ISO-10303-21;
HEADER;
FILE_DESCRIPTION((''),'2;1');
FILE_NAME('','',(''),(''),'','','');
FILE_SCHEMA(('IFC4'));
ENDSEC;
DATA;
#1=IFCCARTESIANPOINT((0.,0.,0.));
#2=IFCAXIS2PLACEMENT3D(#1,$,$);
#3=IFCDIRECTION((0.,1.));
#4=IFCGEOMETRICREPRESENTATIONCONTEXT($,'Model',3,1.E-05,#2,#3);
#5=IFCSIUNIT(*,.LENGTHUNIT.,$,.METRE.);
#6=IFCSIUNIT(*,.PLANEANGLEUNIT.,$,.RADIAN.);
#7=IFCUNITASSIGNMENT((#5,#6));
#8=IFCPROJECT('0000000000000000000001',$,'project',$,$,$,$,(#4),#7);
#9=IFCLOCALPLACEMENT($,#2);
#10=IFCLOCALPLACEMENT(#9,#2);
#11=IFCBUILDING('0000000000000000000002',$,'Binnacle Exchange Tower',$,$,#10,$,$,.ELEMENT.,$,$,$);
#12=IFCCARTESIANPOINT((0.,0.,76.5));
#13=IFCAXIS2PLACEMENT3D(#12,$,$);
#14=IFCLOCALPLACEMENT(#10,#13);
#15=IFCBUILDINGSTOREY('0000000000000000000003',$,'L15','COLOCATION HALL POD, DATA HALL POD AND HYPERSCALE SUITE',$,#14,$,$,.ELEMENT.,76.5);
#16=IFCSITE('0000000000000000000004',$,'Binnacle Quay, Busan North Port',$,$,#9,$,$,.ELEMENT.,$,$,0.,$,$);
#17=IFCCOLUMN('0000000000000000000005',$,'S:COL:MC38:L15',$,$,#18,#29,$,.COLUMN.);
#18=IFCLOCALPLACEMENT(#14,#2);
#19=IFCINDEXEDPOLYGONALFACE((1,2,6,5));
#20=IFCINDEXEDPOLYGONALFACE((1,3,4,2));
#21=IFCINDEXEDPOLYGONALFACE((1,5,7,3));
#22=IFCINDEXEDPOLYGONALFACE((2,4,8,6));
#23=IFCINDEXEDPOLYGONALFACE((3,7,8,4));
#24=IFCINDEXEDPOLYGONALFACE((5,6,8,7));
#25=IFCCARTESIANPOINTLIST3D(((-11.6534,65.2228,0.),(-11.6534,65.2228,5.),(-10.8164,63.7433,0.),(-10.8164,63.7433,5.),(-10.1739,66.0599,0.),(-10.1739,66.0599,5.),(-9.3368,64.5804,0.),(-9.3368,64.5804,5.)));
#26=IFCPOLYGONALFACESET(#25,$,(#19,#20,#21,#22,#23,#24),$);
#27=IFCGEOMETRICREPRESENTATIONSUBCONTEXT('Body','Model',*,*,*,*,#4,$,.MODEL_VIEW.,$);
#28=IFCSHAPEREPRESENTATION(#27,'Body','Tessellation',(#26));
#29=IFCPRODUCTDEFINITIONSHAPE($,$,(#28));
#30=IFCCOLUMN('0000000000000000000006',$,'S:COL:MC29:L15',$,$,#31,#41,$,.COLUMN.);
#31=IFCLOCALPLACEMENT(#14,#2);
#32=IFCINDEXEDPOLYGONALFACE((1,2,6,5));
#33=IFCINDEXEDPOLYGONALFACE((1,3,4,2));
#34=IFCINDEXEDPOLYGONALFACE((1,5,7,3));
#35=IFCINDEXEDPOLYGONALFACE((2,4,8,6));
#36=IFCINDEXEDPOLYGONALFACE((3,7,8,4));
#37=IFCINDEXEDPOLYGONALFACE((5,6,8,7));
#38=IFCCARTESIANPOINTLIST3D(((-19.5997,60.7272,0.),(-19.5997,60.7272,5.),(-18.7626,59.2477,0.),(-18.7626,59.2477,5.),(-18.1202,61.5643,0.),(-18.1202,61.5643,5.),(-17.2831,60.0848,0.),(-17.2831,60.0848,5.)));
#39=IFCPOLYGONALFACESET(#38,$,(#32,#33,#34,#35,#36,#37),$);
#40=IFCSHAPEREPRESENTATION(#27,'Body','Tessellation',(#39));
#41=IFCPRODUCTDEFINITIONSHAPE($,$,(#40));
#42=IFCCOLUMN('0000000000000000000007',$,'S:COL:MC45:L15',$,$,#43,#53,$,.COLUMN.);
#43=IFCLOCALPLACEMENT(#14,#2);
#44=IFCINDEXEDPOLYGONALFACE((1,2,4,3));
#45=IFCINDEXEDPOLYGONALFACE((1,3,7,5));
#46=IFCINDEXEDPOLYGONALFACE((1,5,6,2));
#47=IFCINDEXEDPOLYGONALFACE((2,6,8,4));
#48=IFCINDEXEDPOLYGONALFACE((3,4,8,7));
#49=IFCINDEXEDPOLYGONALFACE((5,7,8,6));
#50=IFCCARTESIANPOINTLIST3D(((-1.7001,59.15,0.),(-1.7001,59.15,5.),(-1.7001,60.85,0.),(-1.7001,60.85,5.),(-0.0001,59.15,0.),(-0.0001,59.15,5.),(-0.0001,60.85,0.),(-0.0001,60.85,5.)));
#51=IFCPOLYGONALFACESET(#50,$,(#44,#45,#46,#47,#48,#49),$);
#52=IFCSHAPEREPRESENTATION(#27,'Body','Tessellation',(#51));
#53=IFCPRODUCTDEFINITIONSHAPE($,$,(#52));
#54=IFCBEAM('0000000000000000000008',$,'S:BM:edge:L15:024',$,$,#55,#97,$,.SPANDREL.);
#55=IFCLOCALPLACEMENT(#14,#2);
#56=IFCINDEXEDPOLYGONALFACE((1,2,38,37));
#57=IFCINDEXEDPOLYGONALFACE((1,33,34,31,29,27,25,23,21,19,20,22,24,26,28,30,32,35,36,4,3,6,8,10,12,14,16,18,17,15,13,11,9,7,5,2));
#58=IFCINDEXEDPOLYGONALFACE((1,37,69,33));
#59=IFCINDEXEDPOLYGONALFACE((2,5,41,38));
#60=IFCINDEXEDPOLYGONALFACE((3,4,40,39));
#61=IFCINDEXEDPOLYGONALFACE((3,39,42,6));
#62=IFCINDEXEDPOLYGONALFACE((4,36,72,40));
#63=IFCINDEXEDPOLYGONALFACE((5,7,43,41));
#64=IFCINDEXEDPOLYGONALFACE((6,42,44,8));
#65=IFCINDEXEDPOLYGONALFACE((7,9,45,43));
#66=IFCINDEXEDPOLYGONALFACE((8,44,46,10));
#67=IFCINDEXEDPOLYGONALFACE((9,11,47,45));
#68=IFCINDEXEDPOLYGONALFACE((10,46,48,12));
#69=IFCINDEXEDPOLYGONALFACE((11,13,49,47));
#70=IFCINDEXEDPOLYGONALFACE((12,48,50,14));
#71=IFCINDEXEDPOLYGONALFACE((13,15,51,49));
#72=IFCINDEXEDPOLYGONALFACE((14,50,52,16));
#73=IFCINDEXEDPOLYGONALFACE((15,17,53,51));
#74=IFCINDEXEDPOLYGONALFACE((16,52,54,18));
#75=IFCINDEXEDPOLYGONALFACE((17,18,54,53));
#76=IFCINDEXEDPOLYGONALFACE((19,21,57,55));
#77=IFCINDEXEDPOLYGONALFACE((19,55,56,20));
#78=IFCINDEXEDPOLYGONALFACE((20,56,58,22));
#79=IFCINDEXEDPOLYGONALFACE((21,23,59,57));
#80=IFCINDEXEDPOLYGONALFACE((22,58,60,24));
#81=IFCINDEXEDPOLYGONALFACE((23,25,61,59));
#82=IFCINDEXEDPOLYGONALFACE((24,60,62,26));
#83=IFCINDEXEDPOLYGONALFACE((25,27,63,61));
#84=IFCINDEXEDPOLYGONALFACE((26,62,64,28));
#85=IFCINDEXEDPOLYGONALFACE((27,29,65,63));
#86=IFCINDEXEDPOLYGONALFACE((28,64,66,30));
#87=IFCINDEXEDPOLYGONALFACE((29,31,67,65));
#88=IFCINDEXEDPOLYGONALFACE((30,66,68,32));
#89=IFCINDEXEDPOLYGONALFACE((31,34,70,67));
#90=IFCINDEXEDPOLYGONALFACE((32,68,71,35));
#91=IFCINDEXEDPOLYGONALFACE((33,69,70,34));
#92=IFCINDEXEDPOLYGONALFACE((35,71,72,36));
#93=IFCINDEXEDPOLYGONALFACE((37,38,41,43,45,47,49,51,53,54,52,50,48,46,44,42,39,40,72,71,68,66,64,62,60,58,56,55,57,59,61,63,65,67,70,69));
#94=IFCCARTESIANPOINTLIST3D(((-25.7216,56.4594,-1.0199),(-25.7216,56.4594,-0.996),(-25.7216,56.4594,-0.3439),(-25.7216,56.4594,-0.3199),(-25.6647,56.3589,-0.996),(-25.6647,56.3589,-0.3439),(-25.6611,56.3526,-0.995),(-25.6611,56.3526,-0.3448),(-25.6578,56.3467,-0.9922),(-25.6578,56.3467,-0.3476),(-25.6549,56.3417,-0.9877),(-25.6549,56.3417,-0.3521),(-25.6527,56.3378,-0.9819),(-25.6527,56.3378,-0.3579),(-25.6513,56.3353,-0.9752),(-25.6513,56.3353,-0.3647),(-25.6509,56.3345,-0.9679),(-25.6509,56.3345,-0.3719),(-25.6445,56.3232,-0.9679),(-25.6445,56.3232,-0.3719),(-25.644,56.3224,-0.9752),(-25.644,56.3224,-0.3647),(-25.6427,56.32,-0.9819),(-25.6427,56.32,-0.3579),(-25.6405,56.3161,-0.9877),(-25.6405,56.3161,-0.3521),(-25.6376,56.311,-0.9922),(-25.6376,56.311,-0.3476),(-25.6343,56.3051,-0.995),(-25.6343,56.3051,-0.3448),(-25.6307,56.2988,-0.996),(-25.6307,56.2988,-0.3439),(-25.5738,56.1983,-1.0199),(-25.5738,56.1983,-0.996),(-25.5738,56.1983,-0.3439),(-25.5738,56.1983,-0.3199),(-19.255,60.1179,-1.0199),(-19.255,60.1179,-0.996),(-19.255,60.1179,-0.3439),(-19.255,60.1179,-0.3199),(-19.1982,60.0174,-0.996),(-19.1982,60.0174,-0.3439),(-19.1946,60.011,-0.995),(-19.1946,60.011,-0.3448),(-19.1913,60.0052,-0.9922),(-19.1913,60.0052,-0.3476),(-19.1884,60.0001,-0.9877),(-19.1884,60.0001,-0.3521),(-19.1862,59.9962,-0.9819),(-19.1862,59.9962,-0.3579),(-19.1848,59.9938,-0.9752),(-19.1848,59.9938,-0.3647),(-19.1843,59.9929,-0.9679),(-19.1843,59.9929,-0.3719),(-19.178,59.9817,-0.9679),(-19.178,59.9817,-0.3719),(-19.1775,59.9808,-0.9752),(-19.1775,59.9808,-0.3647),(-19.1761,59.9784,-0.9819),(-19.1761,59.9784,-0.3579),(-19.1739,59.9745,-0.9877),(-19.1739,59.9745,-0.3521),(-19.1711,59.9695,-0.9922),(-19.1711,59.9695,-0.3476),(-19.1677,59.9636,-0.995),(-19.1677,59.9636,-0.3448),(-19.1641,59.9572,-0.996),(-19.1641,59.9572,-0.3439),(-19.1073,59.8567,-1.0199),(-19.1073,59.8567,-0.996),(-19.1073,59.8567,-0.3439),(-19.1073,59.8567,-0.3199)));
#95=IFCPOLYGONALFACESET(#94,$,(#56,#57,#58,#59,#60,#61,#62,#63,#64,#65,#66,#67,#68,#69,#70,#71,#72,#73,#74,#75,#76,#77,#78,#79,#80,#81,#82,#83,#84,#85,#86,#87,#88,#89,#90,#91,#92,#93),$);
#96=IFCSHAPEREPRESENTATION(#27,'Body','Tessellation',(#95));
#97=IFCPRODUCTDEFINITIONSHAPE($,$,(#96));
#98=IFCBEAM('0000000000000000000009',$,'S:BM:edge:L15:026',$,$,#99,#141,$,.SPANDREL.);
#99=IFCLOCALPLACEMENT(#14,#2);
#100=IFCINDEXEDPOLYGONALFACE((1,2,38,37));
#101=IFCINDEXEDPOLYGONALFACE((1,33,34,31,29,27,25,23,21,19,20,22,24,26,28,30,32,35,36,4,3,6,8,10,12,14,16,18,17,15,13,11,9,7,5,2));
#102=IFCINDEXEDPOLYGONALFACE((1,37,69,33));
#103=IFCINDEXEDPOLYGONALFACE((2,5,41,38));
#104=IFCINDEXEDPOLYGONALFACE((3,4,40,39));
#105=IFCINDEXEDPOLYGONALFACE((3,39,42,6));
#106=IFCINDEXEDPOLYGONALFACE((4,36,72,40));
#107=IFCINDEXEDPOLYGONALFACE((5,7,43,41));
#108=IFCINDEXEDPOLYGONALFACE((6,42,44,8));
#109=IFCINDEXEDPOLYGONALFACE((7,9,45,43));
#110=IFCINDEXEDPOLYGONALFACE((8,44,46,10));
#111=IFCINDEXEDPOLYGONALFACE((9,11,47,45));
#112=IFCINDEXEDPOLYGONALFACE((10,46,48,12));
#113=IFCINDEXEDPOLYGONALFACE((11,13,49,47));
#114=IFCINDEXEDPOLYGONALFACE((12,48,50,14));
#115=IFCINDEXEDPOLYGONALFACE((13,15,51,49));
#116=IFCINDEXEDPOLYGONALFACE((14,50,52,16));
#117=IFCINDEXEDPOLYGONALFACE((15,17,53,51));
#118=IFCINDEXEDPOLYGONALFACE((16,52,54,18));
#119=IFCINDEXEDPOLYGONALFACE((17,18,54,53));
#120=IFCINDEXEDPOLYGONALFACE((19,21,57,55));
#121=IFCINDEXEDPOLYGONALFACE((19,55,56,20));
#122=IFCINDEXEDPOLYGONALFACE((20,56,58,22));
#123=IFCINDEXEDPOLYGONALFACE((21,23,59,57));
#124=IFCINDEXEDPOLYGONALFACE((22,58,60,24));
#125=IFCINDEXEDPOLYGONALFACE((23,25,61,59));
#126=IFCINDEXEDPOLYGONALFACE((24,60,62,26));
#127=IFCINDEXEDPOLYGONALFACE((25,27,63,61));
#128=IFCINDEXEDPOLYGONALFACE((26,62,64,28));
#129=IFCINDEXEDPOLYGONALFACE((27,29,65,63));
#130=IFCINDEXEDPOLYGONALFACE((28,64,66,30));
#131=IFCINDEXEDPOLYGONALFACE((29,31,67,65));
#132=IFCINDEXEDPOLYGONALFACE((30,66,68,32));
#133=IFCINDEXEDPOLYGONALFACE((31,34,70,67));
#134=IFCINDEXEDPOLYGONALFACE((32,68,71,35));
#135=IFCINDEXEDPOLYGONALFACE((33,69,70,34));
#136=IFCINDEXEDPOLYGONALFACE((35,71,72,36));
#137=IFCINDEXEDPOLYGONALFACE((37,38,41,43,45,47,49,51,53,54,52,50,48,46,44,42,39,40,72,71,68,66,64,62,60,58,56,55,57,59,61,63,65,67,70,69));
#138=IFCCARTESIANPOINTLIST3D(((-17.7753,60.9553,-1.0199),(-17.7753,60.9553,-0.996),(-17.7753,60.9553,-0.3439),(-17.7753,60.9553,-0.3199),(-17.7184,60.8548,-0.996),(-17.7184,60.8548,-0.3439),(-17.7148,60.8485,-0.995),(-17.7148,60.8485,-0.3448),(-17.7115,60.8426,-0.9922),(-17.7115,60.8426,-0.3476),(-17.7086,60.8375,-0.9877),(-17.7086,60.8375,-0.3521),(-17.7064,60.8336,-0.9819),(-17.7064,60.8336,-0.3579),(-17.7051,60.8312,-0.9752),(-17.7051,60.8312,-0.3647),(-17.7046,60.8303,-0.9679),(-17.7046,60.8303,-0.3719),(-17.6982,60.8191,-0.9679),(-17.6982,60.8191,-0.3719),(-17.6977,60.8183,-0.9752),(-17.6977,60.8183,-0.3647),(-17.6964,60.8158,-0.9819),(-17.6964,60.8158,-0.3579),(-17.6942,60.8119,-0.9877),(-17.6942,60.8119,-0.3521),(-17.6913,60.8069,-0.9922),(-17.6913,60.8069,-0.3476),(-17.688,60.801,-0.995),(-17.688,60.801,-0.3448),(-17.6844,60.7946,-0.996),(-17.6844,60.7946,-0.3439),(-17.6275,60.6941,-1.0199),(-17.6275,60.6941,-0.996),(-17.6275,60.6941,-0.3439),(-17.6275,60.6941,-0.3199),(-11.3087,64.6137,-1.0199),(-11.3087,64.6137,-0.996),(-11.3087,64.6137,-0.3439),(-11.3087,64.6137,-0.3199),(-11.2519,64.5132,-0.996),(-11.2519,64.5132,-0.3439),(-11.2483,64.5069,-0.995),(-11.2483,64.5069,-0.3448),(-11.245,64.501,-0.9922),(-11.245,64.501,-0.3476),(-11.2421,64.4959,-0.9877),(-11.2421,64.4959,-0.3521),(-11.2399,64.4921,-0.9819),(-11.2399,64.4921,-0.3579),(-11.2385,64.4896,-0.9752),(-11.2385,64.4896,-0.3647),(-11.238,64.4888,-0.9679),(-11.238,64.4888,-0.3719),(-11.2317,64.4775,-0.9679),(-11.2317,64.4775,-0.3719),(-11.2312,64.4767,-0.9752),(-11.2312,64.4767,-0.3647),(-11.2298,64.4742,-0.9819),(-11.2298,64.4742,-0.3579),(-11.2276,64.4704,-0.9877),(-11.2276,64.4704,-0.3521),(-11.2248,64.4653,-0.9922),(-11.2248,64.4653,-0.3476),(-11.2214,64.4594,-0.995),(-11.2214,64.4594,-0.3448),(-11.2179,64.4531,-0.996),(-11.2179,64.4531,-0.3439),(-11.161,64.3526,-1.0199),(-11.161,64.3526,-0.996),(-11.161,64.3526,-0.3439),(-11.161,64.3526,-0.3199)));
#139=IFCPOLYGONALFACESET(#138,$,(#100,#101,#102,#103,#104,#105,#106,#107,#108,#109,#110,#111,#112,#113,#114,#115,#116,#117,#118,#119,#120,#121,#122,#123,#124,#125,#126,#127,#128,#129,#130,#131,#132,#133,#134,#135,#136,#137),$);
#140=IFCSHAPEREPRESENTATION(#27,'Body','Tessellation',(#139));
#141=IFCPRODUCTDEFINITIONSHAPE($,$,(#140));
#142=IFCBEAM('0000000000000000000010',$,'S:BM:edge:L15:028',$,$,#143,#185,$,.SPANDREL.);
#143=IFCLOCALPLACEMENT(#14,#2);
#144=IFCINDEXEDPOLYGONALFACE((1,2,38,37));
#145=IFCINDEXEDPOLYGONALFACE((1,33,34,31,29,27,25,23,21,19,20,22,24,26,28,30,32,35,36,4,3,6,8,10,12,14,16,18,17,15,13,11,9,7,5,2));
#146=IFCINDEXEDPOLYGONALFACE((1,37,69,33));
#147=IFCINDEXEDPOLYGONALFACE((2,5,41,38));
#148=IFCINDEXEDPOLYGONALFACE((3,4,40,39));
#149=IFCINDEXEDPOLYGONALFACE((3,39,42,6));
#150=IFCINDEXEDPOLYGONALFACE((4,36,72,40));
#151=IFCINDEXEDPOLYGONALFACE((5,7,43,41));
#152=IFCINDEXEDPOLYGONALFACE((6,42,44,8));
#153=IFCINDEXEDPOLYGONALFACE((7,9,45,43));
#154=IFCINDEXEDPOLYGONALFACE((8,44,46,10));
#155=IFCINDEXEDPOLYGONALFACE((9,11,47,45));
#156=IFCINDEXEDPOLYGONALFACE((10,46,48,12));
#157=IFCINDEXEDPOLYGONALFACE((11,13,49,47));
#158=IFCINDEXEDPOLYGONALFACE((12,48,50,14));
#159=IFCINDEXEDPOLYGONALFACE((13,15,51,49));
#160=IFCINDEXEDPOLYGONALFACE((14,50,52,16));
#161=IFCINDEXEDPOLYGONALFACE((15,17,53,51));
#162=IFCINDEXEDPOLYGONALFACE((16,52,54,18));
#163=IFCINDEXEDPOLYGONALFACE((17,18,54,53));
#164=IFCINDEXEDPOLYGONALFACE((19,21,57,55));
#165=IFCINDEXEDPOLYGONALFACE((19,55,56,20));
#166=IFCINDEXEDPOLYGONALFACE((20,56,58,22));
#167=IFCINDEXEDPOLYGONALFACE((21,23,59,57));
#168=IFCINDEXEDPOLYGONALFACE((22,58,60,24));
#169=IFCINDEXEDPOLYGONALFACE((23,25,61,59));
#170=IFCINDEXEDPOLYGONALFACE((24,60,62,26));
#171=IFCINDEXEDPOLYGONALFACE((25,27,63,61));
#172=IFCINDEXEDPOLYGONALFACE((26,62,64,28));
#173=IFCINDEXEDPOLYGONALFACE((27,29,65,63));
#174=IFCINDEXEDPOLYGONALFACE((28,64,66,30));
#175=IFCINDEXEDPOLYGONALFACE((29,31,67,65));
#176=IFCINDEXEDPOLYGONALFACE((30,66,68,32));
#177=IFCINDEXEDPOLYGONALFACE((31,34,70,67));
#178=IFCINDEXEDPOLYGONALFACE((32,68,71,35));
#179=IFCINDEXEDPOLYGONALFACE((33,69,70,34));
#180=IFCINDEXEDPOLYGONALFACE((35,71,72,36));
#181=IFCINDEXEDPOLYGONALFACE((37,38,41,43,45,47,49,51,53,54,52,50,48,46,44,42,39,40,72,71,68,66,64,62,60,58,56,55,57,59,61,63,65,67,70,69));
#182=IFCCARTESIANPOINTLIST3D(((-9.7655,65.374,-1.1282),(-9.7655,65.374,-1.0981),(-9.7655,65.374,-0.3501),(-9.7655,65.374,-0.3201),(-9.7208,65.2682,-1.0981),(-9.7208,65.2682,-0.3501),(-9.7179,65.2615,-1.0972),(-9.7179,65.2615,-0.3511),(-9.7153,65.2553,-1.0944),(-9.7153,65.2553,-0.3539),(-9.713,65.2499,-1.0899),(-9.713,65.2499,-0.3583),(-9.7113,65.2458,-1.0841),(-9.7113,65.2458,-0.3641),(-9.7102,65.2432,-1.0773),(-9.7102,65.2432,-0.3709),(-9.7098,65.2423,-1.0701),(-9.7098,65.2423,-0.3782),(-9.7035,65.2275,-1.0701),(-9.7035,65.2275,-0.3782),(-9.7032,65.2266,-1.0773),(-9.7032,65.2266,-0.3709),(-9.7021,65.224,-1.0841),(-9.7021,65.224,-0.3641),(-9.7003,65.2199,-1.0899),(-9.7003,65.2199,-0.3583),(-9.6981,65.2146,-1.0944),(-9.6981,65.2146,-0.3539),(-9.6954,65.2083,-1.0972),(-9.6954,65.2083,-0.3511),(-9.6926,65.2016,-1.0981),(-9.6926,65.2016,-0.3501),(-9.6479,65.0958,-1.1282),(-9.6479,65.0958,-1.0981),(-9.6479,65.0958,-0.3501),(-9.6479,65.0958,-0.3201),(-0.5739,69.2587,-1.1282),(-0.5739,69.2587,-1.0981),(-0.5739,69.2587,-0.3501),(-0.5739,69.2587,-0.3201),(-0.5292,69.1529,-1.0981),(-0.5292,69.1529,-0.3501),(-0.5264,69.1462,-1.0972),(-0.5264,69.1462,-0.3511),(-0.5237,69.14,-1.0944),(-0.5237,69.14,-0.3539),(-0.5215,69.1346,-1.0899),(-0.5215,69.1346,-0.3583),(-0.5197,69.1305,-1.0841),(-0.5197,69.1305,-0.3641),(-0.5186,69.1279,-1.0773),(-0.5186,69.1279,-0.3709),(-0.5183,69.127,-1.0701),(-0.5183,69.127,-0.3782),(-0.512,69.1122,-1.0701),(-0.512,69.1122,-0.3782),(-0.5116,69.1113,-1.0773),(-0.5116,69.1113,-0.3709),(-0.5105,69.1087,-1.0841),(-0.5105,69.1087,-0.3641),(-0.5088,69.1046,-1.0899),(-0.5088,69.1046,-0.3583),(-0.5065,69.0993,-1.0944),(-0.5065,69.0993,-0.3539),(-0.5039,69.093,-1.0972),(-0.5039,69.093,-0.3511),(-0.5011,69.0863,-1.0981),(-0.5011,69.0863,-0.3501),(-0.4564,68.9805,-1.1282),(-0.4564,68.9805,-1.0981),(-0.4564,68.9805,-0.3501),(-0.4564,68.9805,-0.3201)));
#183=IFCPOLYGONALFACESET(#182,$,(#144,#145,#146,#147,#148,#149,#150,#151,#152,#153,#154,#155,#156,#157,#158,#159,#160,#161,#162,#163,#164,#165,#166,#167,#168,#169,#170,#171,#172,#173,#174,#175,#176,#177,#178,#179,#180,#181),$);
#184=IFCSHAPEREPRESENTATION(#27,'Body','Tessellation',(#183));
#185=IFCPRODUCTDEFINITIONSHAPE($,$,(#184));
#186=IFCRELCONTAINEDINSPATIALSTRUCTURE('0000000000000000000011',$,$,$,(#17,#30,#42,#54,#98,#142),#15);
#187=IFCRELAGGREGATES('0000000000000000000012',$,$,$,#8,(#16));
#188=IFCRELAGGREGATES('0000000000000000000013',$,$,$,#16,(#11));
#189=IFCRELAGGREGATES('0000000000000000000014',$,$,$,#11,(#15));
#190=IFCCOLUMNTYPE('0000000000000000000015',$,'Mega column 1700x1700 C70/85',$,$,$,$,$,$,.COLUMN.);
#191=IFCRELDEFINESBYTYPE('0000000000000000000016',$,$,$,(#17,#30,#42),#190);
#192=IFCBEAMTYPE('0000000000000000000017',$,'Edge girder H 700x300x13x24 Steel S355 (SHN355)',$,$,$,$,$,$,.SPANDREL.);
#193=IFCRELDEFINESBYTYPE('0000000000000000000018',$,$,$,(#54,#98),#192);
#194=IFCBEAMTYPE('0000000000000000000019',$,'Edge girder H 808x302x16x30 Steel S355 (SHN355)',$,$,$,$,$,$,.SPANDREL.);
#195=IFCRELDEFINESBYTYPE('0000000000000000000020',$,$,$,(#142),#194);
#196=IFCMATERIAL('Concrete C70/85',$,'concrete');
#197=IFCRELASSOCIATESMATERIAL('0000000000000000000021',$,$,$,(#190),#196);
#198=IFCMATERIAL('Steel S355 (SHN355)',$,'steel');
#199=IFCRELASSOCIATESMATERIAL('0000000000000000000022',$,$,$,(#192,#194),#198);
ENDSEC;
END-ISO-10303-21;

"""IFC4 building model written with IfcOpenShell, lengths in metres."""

from ifc_helpers import new_model, si_unit, direction, frame, origin, origin_2d, place, context, subcontext, project, spatial, rectangle, i_section, extrude, material, material_profile, profile_set, type_object, element, save


model = new_model("IFC4")

# Units and contexts
model_context = context("Model", 3, precision=1e-05, world=origin(), true_north=direction((0.0, 1.0)))
body_context = subcontext(model_context, "Body", "Model", "MODEL_VIEW")
ifc_project = project(units=[si_unit("LENGTHUNIT", "METRE"), si_unit("PLANEANGLEUNIT", "RADIAN")], contexts=[model_context])

# Site, building, storey
site_placement = place(None, origin())
site = spatial("IfcSite", under=ifc_project, at=site_placement, Name="Binnacle Quay, Busan North Port", CompositionType="ELEMENT", RefElevation=0.0)
building_placement = place(site_placement, origin())
building = spatial("IfcBuilding", under=site, at=building_placement, Name="Binnacle Exchange Tower", CompositionType="ELEMENT")
storey_placement = place(building_placement, frame((0.0, 0.0, 76.5)))
storey = spatial("IfcBuildingStorey", under=building, at=storey_placement, Name="L15", Description="COLOCATION HALL POD, DATA HALL POD AND HYPERSCALE SUITE", CompositionType="ELEMENT", Elevation=76.5)

# Columns
ifc_material_1 = material(Name="Concrete C70/85", Category="concrete")
ifc_material_profile_1 = material_profile(ifc_material_1, rectangle(XDim=1.7, YDim=1.7, at=origin_2d()), Name="Mega column 1700x1700 C70/85")
ifc_profile_set_1 = profile_set([ifc_material_profile_1], Name="Concrete C70/85")
column_type = type_object("IfcColumnType", Name="Mega column 1700x1700 C70/85", PredefinedType="COLUMN", material=ifc_profile_set_1)
for number, where, z_axis, x_axis, name in (
    (1, (-10.4951, 64.9016, 0.0), (0.0, 0.0, 1.0), (-0.870356, -0.492424, 0.0), "S:COL:MC38:L15"),
    (2, (-18.4414, 60.406, 0.0), (0.0, 0.0, 1.0), (-0.870356, -0.492424, 0.0), "S:COL:MC29:L15"),
    (3, (-0.8501, 60.0, 0.0), (0.0, 0.0, 1.0), (0.0, 1.0, 0.0), "S:COL:MC45:L15"),
):
    element("IfcColumn", number, at=place(storey_placement, frame(where, z_axis=z_axis, x_axis=x_axis)), inside=storey, type_object=column_type, Name=name, PredefinedType="COLUMN", context=body_context, shape_type="SweptSolid", body=[
        extrude(rectangle(XDim=1.7, YDim=1.7, at=origin_2d()), origin(), (0.0, 0.0, 1.0), 5.0),
    ])

# Beams
ifc_material_2 = material(Name="Steel S355 (SHN355)", Category="steel")
ifc_material_profile_2 = material_profile(ifc_material_2, i_section(OverallWidth=0.3, OverallDepth=0.7, WebThickness=0.0129, FlangeThickness=0.0239, FilletRadius=0.0281, at=origin_2d()), Name="H 700x300x13x24")
ifc_profile_set_2 = profile_set([ifc_material_profile_2], Name="Steel S355 (SHN355)")
beam_type_1 = type_object("IfcBeamType", Name="Edge girder H 700x300x13x24 Steel S355 (SHN355)", PredefinedType="SPANDREL", material=ifc_profile_set_2)
for number, where, z_axis, x_axis, name in (
    (4, (-19.1812, 59.9873, -0.6699), (-0.870364, -0.492408, 0.0), (0.492408, -0.870364, 0.0), "S:BM:edge:L15:024"),
    (5, (-11.2349, 64.4832, -0.6699), (-0.870364, -0.492408, 0.0), (0.492408, -0.870364, 0.0), "S:BM:edge:L15:026"),
):
    element("IfcBeam", number, at=place(storey_placement, frame(where, z_axis=z_axis, x_axis=x_axis)), inside=storey, type_object=beam_type_1, Name=name, PredefinedType="SPANDREL", context=body_context, shape_type="SweptSolid", body=[
        extrude(i_section(OverallWidth=0.3, OverallDepth=0.7, WebThickness=0.0129, FlangeThickness=0.0239, FilletRadius=0.0281, at=origin_2d()), origin(), (0.0, 0.0, 1.0), 7.4297),
    ])
ifc_material_profile_3 = material_profile(ifc_material_2, i_section(OverallWidth=0.302, OverallDepth=0.8081, WebThickness=0.0161, FlangeThickness=0.03, FilletRadius=0.0281, at=origin_2d()), Name="H 808x302x16x30")
ifc_profile_set_3 = profile_set([ifc_material_profile_3], Name="Steel S355 (SHN355)")
beam_type_2 = type_object("IfcBeamType", Name="Edge girder H 808x302x16x30 Steel S355 (SHN355)", PredefinedType="SPANDREL", material=ifc_profile_set_3)
beam_1_placement = place(storey_placement, frame((-0.5151, 69.1196, -0.7241), z_axis=(-0.921111, -0.389299, 0.0), x_axis=(0.389299, -0.921111, 0.0)))
element("IfcBeam", 6, at=beam_1_placement, inside=storey, type_object=beam_type_2, Name="S:BM:edge:L15:028", PredefinedType="SPANDREL", context=body_context, shape_type="SweptSolid", body=[
    extrude(i_section(OverallWidth=0.302, OverallDepth=0.8081, WebThickness=0.0161, FlangeThickness=0.03, FilletRadius=0.0281, at=origin_2d()), origin(), (0.0, 0.0, 1.0), 9.9788),
])

save(model, "model.ifc")
